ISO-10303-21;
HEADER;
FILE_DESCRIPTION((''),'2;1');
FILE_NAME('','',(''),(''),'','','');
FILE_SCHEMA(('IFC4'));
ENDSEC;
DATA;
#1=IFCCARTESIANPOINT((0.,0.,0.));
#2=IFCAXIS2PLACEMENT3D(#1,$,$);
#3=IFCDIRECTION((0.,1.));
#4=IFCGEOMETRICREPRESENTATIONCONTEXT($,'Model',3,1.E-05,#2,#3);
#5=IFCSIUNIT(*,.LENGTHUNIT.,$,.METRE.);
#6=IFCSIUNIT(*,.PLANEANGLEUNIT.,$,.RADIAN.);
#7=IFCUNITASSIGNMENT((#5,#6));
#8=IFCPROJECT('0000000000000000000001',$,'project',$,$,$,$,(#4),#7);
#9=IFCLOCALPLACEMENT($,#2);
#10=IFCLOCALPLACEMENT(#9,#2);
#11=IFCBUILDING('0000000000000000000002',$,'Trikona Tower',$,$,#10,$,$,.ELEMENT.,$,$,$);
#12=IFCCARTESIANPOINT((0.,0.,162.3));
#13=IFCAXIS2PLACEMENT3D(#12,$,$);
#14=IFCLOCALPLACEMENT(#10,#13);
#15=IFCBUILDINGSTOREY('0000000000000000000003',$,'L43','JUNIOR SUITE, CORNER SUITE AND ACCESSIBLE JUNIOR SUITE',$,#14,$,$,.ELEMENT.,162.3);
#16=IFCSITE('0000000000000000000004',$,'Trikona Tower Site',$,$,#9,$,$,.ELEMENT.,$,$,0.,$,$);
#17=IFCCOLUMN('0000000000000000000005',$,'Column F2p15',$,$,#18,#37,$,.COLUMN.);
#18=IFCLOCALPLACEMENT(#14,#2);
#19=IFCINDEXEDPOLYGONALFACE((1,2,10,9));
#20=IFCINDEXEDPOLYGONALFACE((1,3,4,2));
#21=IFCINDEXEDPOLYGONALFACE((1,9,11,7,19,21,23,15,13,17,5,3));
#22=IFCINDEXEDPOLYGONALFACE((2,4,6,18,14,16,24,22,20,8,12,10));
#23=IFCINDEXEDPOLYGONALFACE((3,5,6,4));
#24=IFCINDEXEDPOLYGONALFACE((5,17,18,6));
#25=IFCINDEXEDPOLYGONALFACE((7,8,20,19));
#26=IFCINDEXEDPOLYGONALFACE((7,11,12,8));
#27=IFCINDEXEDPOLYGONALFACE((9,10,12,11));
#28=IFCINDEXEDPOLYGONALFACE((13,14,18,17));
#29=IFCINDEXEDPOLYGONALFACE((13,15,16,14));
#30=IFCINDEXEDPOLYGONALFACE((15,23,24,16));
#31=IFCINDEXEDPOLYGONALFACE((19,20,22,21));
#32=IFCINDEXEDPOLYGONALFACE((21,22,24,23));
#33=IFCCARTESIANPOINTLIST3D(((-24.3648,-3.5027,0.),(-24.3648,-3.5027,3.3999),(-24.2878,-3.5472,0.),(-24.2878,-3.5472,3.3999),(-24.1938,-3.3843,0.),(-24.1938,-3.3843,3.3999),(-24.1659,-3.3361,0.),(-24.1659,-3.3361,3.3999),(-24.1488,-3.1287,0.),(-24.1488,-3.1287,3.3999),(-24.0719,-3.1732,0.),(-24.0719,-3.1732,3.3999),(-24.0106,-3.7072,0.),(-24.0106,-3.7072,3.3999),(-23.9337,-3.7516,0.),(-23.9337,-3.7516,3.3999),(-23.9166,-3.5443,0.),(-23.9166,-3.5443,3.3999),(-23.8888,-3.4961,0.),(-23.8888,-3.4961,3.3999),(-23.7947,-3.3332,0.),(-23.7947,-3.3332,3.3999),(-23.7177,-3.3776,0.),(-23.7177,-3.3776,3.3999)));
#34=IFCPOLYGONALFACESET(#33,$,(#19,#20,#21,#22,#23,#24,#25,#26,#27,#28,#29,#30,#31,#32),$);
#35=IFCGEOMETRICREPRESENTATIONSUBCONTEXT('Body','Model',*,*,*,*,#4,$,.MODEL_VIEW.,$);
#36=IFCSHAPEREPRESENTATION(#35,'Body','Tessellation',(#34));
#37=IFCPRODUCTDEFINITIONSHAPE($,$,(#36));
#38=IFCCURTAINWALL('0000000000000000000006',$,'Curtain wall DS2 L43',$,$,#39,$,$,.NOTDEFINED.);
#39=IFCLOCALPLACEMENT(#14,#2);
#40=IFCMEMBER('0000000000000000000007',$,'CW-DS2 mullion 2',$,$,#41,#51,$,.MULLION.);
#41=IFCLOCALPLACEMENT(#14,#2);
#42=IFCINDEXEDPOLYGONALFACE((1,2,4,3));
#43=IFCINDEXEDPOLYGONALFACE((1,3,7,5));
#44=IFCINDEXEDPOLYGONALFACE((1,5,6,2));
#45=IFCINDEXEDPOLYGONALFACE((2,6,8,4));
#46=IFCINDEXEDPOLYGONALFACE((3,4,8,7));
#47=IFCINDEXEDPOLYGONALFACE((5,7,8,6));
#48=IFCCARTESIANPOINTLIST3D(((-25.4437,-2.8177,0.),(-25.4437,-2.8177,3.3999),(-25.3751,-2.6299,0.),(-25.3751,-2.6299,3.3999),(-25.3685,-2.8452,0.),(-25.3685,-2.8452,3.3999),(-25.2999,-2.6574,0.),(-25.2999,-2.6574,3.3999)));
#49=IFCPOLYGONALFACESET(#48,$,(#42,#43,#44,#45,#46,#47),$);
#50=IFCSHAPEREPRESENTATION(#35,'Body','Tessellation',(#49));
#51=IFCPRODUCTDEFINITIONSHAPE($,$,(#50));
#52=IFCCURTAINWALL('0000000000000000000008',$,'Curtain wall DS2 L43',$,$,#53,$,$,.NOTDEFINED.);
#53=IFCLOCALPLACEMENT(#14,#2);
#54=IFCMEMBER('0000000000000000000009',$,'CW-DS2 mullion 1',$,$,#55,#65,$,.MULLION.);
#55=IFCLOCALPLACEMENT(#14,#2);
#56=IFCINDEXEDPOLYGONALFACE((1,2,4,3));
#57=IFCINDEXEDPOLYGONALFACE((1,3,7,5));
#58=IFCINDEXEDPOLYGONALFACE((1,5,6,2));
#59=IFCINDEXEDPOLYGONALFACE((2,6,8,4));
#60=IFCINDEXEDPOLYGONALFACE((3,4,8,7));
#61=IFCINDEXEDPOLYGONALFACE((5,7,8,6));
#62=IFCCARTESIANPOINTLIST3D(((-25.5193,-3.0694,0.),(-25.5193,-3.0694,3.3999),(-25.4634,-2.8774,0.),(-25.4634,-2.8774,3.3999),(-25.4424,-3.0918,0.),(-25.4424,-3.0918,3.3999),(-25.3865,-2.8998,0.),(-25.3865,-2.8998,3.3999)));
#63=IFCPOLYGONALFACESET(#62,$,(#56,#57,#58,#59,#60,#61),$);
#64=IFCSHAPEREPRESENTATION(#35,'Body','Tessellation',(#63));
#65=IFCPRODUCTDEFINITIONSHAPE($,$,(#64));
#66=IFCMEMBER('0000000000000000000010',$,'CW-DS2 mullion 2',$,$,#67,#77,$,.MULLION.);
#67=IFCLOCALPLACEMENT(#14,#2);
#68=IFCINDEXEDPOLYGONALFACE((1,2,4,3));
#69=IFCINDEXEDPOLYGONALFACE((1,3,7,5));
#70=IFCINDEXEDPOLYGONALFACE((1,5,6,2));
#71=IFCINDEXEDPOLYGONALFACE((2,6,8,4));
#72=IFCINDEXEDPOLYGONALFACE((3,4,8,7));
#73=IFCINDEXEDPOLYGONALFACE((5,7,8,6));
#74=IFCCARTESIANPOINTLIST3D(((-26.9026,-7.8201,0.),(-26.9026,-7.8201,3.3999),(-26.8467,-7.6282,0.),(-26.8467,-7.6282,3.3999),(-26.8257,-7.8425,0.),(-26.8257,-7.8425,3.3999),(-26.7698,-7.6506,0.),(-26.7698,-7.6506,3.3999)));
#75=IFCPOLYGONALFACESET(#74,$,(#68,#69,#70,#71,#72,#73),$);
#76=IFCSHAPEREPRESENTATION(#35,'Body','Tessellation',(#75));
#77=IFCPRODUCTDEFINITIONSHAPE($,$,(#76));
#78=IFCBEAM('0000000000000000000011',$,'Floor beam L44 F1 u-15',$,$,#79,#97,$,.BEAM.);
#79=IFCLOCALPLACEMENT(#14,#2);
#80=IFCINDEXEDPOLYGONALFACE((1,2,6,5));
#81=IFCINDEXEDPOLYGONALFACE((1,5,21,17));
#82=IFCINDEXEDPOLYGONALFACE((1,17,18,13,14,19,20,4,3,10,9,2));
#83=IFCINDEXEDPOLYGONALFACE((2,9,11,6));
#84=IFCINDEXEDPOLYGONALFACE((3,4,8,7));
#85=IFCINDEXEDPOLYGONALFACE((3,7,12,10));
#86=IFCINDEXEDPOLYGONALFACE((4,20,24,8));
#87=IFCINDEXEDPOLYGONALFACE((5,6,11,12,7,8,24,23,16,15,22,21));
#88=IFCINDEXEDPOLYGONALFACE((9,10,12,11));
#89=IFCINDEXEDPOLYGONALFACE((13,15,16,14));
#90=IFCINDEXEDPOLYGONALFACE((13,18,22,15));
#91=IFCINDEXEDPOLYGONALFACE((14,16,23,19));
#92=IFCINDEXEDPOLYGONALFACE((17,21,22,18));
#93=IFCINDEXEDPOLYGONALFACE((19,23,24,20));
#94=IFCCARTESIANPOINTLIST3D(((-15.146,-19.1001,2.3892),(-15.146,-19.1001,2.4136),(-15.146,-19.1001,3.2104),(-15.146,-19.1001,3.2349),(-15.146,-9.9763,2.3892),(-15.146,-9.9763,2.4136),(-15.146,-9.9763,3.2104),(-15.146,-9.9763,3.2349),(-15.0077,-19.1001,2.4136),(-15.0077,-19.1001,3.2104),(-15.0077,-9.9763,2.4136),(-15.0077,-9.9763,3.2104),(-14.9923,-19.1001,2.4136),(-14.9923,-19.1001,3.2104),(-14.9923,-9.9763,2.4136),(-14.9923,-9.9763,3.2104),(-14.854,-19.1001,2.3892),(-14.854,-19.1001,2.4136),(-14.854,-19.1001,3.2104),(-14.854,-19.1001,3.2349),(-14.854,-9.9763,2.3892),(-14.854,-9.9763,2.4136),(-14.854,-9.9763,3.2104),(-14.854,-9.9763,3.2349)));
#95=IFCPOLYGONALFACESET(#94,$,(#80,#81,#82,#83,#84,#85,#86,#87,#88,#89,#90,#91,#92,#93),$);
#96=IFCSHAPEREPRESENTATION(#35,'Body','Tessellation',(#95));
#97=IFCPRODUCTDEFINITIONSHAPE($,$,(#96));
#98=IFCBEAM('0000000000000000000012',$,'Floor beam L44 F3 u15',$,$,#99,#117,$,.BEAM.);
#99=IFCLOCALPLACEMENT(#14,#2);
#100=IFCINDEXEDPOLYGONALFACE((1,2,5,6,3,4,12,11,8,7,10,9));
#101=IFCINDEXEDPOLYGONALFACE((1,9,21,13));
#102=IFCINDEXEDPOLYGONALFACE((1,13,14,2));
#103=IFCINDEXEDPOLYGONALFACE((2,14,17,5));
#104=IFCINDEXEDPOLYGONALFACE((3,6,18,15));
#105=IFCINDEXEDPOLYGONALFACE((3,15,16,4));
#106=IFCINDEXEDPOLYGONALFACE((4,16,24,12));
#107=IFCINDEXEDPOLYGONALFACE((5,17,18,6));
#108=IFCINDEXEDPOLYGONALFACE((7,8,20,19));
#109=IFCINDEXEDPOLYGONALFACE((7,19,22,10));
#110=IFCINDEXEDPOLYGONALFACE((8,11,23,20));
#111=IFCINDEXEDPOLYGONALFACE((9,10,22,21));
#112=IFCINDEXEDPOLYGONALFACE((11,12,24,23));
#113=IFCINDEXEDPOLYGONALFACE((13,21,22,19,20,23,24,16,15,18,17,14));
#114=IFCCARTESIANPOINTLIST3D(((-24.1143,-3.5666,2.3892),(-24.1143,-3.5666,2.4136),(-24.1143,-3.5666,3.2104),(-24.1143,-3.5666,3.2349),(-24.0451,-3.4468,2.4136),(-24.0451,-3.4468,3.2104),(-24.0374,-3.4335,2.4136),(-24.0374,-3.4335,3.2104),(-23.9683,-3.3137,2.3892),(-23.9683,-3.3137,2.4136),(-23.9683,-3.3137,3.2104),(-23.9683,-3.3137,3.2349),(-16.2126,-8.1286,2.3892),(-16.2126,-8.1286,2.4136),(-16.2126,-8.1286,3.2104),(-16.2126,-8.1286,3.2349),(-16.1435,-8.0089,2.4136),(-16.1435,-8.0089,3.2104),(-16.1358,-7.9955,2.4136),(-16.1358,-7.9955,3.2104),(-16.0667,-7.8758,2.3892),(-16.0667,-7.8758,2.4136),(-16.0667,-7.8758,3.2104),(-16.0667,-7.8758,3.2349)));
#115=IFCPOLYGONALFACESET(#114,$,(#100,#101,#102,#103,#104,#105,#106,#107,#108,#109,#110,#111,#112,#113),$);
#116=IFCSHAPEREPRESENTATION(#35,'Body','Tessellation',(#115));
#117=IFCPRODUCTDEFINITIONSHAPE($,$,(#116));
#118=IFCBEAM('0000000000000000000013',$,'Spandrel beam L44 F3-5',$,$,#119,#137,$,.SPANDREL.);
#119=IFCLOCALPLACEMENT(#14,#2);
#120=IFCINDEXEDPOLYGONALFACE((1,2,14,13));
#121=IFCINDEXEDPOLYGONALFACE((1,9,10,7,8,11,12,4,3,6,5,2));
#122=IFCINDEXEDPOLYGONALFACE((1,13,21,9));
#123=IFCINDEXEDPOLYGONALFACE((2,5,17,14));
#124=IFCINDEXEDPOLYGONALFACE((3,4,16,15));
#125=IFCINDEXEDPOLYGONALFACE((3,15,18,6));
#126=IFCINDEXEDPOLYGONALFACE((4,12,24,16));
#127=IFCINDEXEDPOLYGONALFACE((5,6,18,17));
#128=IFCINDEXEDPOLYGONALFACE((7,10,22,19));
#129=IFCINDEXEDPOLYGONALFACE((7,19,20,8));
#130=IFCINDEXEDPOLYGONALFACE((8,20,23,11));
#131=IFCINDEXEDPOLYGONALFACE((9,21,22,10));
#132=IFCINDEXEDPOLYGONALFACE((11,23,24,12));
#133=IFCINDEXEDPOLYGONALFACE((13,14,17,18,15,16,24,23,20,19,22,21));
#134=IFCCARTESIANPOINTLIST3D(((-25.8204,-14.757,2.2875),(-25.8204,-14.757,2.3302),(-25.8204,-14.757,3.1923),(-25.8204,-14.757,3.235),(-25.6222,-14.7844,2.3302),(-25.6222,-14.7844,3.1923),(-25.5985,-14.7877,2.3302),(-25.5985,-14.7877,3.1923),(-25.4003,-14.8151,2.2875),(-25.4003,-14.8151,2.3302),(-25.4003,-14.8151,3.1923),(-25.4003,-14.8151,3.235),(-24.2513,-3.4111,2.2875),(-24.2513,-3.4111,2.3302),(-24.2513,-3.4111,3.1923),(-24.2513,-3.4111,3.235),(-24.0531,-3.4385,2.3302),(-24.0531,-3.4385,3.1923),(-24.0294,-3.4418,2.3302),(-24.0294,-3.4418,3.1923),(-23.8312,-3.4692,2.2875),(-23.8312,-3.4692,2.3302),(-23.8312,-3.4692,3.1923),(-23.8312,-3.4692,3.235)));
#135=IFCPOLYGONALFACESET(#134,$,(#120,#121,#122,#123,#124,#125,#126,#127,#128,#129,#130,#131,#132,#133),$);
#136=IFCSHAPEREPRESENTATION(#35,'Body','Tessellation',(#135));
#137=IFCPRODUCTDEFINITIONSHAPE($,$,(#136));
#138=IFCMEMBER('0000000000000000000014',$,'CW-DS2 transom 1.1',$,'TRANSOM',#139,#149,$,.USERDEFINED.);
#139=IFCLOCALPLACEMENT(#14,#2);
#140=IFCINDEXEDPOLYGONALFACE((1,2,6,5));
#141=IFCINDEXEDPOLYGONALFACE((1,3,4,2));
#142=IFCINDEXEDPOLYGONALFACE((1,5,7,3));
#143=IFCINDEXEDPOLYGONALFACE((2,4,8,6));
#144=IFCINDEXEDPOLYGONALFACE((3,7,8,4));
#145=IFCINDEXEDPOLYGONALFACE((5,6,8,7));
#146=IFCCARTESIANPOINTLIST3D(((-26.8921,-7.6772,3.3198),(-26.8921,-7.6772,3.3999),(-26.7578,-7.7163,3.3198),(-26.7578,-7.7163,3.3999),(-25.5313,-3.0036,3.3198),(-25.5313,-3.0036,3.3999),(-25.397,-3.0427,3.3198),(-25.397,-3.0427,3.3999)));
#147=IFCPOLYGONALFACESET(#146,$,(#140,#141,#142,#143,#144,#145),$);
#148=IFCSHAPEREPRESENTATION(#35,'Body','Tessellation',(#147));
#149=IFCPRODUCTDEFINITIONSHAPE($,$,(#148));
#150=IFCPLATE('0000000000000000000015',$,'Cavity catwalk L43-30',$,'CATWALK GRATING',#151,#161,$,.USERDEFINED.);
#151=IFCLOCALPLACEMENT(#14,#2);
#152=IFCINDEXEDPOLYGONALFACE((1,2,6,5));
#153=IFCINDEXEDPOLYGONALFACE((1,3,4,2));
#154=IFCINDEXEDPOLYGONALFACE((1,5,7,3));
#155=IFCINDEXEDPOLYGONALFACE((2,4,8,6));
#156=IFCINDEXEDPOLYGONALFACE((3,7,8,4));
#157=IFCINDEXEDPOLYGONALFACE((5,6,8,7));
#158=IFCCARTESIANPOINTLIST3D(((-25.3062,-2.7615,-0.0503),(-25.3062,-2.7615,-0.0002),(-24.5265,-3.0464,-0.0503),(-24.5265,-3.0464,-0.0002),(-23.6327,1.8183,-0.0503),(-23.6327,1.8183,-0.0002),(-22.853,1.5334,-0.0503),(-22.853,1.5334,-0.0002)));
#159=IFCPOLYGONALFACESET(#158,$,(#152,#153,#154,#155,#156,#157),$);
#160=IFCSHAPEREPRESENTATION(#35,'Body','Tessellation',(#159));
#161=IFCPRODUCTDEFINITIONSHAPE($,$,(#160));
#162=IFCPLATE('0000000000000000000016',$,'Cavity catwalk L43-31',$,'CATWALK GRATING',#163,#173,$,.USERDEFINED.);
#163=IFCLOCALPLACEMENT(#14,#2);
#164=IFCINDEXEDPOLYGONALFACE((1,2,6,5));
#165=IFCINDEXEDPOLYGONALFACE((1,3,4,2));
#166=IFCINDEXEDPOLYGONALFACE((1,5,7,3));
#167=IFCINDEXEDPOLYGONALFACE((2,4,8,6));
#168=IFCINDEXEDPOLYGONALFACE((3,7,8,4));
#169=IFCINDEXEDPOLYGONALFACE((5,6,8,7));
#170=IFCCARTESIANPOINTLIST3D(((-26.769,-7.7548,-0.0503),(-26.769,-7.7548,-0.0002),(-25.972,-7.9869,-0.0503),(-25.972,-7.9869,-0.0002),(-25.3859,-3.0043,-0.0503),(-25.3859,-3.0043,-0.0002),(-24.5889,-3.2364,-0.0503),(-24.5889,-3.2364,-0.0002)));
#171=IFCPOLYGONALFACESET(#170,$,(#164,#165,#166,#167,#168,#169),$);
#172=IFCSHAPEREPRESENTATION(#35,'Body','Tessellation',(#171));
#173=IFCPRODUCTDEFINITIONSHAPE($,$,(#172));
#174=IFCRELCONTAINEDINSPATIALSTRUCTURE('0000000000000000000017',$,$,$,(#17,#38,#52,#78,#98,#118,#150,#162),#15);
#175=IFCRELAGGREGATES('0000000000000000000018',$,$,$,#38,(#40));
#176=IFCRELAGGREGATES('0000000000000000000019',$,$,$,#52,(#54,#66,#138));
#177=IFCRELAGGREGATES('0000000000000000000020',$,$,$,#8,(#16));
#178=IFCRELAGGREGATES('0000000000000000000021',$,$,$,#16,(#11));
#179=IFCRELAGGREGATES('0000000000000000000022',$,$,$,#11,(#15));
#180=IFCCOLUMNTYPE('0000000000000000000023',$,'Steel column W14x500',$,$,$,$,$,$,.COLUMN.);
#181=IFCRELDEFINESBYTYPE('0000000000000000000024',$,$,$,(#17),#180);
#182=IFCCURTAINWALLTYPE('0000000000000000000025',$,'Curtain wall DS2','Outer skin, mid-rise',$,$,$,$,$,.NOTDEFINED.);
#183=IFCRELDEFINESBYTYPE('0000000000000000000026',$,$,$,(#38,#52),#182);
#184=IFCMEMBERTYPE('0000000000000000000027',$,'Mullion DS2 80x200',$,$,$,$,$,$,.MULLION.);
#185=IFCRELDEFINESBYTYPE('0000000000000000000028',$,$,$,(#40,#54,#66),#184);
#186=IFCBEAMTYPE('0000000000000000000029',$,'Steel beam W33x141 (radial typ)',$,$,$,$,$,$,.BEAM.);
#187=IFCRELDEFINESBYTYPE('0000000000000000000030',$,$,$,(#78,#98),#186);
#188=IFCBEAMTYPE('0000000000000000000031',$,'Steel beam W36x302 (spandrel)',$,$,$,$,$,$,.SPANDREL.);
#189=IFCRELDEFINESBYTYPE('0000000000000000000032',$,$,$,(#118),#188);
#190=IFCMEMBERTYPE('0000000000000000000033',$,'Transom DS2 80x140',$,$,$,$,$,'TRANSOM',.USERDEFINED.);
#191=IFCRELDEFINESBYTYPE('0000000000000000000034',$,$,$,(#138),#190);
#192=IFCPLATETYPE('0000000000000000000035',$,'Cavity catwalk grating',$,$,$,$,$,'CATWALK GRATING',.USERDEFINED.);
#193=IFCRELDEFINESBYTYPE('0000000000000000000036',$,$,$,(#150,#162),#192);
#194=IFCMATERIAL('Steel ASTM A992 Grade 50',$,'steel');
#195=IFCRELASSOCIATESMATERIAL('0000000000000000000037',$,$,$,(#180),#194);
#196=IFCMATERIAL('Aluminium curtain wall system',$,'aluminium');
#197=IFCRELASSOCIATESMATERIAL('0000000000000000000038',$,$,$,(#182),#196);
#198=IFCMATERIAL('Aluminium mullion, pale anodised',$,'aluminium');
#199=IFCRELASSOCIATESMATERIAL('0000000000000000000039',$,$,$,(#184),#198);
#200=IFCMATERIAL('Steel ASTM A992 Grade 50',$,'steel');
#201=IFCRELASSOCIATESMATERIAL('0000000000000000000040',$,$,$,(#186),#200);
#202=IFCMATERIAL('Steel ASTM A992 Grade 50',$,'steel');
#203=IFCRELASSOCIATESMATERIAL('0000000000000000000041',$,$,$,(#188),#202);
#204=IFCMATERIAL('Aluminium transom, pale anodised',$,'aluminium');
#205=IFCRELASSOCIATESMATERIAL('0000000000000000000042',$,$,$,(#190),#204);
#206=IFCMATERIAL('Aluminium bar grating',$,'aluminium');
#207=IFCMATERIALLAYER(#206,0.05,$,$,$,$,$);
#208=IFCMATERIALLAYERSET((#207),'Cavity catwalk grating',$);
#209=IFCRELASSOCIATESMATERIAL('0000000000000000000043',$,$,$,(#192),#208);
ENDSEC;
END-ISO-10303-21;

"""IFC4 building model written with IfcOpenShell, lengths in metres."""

from ifc_helpers import new_model, si_unit, direction, frame, origin, origin_2d, place, context, subcontext, project, spatial, rectangle, i_section, extrude, material, layer, layer_set, material_profile, profile_set, type_object, element, aggregate, save


model = new_model("IFC4")

# Units and contexts
model_context = context("Model", 3, precision=1e-05, world=origin(), true_north=direction((0.0, 1.0)))
body_context = subcontext(model_context, "Body", "Model", "MODEL_VIEW")
ifc_project = project(units=[si_unit("LENGTHUNIT", "METRE"), si_unit("PLANEANGLEUNIT", "RADIAN")], contexts=[model_context])

# Site, building, storey
site_placement = place(None, origin())
site = spatial("IfcSite", under=ifc_project, at=site_placement, Name="Trikona Tower Site", CompositionType="ELEMENT", RefElevation=0.0)
building_placement = place(site_placement, origin())
building = spatial("IfcBuilding", under=site, at=building_placement, Name="Trikona Tower", CompositionType="ELEMENT")
storey_placement = place(building_placement, frame((0.0, 0.0, 162.3)))
storey = spatial("IfcBuildingStorey", under=building, at=storey_placement, Name="L43", Description="JUNIOR SUITE, CORNER SUITE AND ACCESSIBLE JUNIOR SUITE", CompositionType="ELEMENT", Elevation=162.3)

# Column
ifc_material_1 = material(Name="Steel ASTM A992 Grade 50", Category="steel")
ifc_material_profile_1 = material_profile(ifc_material_1, i_section(OverallWidth=0.4319, OverallDepth=0.4978, WebThickness=0.0557, FlangeThickness=0.0889, at=origin_2d()), Name="W14X500")
ifc_profile_set_1 = profile_set([ifc_material_profile_1], Name="Steel ASTM A992 Grade 50")
column_type = type_object("IfcColumnType", Name="Steel column W14x500", PredefinedType="COLUMN", material=ifc_profile_set_1)
column_placement = place(storey_placement, frame((-24.0413, -3.4402, 0.0), z_axis=(0.0, 0.0, 1.0), x_axis=(-0.5, -0.866025, 0.0)))
element("IfcColumn", 1, at=column_placement, inside=storey, type_object=column_type, Name="Column F2p15", PredefinedType="COLUMN", context=body_context, shape_type="SweptSolid", body=[
    extrude(i_section(OverallWidth=0.4319, OverallDepth=0.4978, WebThickness=0.0557, FlangeThickness=0.0889, at=origin_2d()), origin(), (0.0, 0.0, 1.0), 3.3999),
])

# Curtain wall, member
ifc_material_2 = material(Name="Aluminium curtain wall system", Category="aluminium")
curtain_wall_type = type_object("IfcCurtainWallType", Name="Curtain wall DS2", Description="Outer skin, mid-rise", PredefinedType="NOTDEFINED", material=ifc_material_2)
curtain_wall_1_placement = place(storey_placement, origin())
curtain_wall_1 = element("IfcCurtainWall", 2, at=curtain_wall_1_placement, inside=storey, type_object=curtain_wall_type, Name="Curtain wall DS2 L43", PredefinedType="NOTDEFINED")
ifc_material_3 = material(Name="Aluminium mullion, pale anodised", Category="aluminium")
ifc_material_profile_2 = material_profile(ifc_material_3, rectangle(XDim=0.0801, YDim=0.2, at=origin_2d()), Name="MUL-DS2")
ifc_profile_set_2 = profile_set([ifc_material_profile_2], Name="Aluminium mullion, pale anodised")
member_type_1 = type_object("IfcMemberType", Name="Mullion DS2 80x200", PredefinedType="MULLION", material=ifc_profile_set_2)
member_1_placement = place(storey_placement, frame((-25.3718, -2.7375, 0.0), z_axis=(0.0, 0.0, 1.0), x_axis=(0.939254, -0.343223, 0.0)))
member_1 = element("IfcMember", 3, at=member_1_placement, type_object=member_type_1, Name="CW-DS2 mullion 2", PredefinedType="MULLION", context=body_context, shape_type="SweptSolid", body=[
    extrude(rectangle(XDim=0.0801, YDim=0.2, at=origin_2d()), origin(), (0.0, 0.0, 1.0), 3.3999),
])
aggregate(curtain_wall_1, [member_1])

# Curtain wall, members
curtain_wall_2_placement = place(storey_placement, origin())
curtain_wall_2 = element("IfcCurtainWall", 4, at=curtain_wall_2_placement, inside=storey, type_object=curtain_wall_type, Name="Curtain wall DS2 L43", PredefinedType="NOTDEFINED")
member_2_placement = place(storey_placement, frame((-25.4529, -2.9846, 0.0), z_axis=(0.0, 0.0, 1.0), x_axis=(0.960133, -0.279543, 0.0)))
member_2 = element("IfcMember", 5, at=member_2_placement, type_object=member_type_1, Name="CW-DS2 mullion 1", PredefinedType="MULLION", context=body_context, shape_type="SweptSolid", body=[
    extrude(rectangle(XDim=0.0801, YDim=0.2, at=origin_2d()), origin(), (0.0, 0.0, 1.0), 3.3999),
])
member_3_placement = place(storey_placement, frame((-26.8362, -7.7354, 0.0), z_axis=(0.0, 0.0, 1.0), x_axis=(0.960133, -0.279543, 0.0)))
member_3 = element("IfcMember", 6, at=member_3_placement, type_object=member_type_1, Name="CW-DS2 mullion 2", PredefinedType="MULLION", context=body_context, shape_type="SweptSolid", body=[
    extrude(rectangle(XDim=0.0801, YDim=0.2, at=origin_2d()), origin(), (0.0, 0.0, 1.0), 3.3999),
])

# Beams
ifc_material_4 = material(Name="Steel ASTM A992 Grade 50", Category="steel")
ifc_material_profile_3 = material_profile(ifc_material_4, i_section(OverallWidth=0.292, OverallDepth=0.8457, WebThickness=0.0154, FlangeThickness=0.0244, at=origin_2d()), Name="W33X141")
ifc_profile_set_3 = profile_set([ifc_material_profile_3], Name="Steel ASTM A992 Grade 50")
beam_type_1 = type_object("IfcBeamType", Name="Steel beam W33x141 (radial typ)", PredefinedType="BEAM", material=ifc_profile_set_3)
beam_1_placement = place(storey_placement, frame((-15.0, -9.9763, 2.812), z_axis=(0.0, -1.0, 0.0), x_axis=(1.0, 0.0, 0.0)))
element("IfcBeam", 7, at=beam_1_placement, inside=storey, type_object=beam_type_1, Name="Floor beam L44 F1 u-15", PredefinedType="BEAM", context=body_context, shape_type="SweptSolid", body=[
    extrude(i_section(OverallWidth=0.292, OverallDepth=0.8457, WebThickness=0.0154, FlangeThickness=0.0244, at=origin_2d()), origin(), (0.0, 0.0, 1.0), 9.1238),
])
beam_2_placement = place(storey_placement, frame((-16.1396, -8.0022, 2.812), z_axis=(-0.866025, 0.500001, 0.0), x_axis=(-0.500001, -0.866025, 0.0)))
element("IfcBeam", 8, at=beam_2_placement, inside=storey, type_object=beam_type_1, Name="Floor beam L44 F3 u15", PredefinedType="BEAM", context=body_context, shape_type="SweptSolid", body=[
    extrude(i_section(OverallWidth=0.292, OverallDepth=0.8457, WebThickness=0.0154, FlangeThickness=0.0244, at=origin_2d()), origin(), (0.0, 0.0, 1.0), 9.124),
])
ifc_material_5 = material(Name="Steel ASTM A992 Grade 50", Category="steel")
ifc_material_profile_4 = material_profile(ifc_material_5, i_section(OverallWidth=0.4241, OverallDepth=0.9475, WebThickness=0.0239, FlangeThickness=0.0427, at=origin_2d()), Name="W36X302")
ifc_profile_set_4 = profile_set([ifc_material_profile_4], Name="Steel ASTM A992 Grade 50")
beam_type_2 = type_object("IfcBeamType", Name="Steel beam W36x302 (spandrel)", PredefinedType="SPANDREL", material=ifc_profile_set_4)
beam_3_placement = place(storey_placement, frame((-24.0413, -3.4402, 2.7612), z_axis=(-0.136992, -0.990572, 0.0), x_axis=(0.990572, -0.136992, 0.0)))
element("IfcBeam", 9, at=beam_3_placement, inside=storey, type_object=beam_type_2, Name="Spandrel beam L44 F3-5", PredefinedType="SPANDREL", context=body_context, shape_type="SweptSolid", body=[
    extrude(i_section(OverallWidth=0.4241, OverallDepth=0.9475, WebThickness=0.0239, FlangeThickness=0.0427, at=origin_2d()), origin(), (0.0, 0.0, 1.0), 11.4539),
])

# Member
ifc_material_6 = material(Name="Aluminium transom, pale anodised", Category="aluminium")
ifc_material_profile_5 = material_profile(ifc_material_6, rectangle(XDim=0.1399, YDim=0.0801, at=origin_2d()), Name="TRN-DS2")
ifc_profile_set_5 = profile_set([ifc_material_profile_5], Name="Aluminium transom, pale anodised")
member_type_2 = type_object("IfcMemberType", Name="Transom DS2 80x140", ElementType="TRANSOM", PredefinedType="USERDEFINED", material=ifc_profile_set_5)
member_4_placement = place(storey_placement, frame((-25.4641, -3.0232, 3.3599), z_axis=(-0.279567, -0.960126, 0.0), x_axis=(0.960126, -0.279567, 0.0)))
member_4 = element("IfcMember", 10, at=member_4_placement, type_object=member_type_2, Name="CW-DS2 transom 1.1", ObjectType="TRANSOM", PredefinedType="USERDEFINED", context=body_context, shape_type="SweptSolid", body=[
    extrude(rectangle(XDim=0.1399, YDim=0.0801, at=origin_2d()), origin(), (0.0, 0.0, 1.0), 4.8677),
])

# Plates
ifc_material_7 = material(Name="Aluminium bar grating", Category="aluminium")
ifc_layer_1 = layer(ifc_material_7, 0.05)
ifc_layer_set_1 = layer_set([ifc_layer_1], Name="Cavity catwalk grating")
plate_type_1 = type_object("IfcPlateType", Name="Cavity catwalk grating", ElementType="CATWALK GRATING", PredefinedType="USERDEFINED", material=ifc_layer_set_1)
plate_1_placement = place(storey_placement, frame((-24.0796, -0.614, -0.0503), z_axis=(0.0, 0.0, 1.0), x_axis=(-0.34322, -0.939255, 0.0)))
element("IfcPlate", 11, at=plate_1_placement, inside=storey, type_object=plate_type_1, Name="Cavity catwalk L43-30", ObjectType="CATWALK GRATING", PredefinedType="USERDEFINED", context=body_context, shape_type="SweptSolid", body=[
    extrude(rectangle(XDim=4.876, YDim=0.8301, at=origin_2d()), origin(), (0.0, 0.0, 1.0), 0.05),
])
plate_2_placement = place(storey_placement, frame((-25.679, -5.4956, -0.0503), z_axis=(0.0, 0.0, 1.0), x_axis=(-0.279554, -0.96013, 0.0)))
element("IfcPlate", 12, at=plate_2_placement, inside=storey, type_object=plate_type_1, Name="Cavity catwalk L43-31", ObjectType="CATWALK GRATING", PredefinedType="USERDEFINED", context=body_context, shape_type="SweptSolid", body=[
    extrude(rectangle(XDim=4.9478, YDim=0.8301, at=origin_2d()), origin(), (0.0, 0.0, 1.0), 0.05),
])

aggregate(curtain_wall_2, [member_2, member_3, member_4])

save(model, "model.ifc")
